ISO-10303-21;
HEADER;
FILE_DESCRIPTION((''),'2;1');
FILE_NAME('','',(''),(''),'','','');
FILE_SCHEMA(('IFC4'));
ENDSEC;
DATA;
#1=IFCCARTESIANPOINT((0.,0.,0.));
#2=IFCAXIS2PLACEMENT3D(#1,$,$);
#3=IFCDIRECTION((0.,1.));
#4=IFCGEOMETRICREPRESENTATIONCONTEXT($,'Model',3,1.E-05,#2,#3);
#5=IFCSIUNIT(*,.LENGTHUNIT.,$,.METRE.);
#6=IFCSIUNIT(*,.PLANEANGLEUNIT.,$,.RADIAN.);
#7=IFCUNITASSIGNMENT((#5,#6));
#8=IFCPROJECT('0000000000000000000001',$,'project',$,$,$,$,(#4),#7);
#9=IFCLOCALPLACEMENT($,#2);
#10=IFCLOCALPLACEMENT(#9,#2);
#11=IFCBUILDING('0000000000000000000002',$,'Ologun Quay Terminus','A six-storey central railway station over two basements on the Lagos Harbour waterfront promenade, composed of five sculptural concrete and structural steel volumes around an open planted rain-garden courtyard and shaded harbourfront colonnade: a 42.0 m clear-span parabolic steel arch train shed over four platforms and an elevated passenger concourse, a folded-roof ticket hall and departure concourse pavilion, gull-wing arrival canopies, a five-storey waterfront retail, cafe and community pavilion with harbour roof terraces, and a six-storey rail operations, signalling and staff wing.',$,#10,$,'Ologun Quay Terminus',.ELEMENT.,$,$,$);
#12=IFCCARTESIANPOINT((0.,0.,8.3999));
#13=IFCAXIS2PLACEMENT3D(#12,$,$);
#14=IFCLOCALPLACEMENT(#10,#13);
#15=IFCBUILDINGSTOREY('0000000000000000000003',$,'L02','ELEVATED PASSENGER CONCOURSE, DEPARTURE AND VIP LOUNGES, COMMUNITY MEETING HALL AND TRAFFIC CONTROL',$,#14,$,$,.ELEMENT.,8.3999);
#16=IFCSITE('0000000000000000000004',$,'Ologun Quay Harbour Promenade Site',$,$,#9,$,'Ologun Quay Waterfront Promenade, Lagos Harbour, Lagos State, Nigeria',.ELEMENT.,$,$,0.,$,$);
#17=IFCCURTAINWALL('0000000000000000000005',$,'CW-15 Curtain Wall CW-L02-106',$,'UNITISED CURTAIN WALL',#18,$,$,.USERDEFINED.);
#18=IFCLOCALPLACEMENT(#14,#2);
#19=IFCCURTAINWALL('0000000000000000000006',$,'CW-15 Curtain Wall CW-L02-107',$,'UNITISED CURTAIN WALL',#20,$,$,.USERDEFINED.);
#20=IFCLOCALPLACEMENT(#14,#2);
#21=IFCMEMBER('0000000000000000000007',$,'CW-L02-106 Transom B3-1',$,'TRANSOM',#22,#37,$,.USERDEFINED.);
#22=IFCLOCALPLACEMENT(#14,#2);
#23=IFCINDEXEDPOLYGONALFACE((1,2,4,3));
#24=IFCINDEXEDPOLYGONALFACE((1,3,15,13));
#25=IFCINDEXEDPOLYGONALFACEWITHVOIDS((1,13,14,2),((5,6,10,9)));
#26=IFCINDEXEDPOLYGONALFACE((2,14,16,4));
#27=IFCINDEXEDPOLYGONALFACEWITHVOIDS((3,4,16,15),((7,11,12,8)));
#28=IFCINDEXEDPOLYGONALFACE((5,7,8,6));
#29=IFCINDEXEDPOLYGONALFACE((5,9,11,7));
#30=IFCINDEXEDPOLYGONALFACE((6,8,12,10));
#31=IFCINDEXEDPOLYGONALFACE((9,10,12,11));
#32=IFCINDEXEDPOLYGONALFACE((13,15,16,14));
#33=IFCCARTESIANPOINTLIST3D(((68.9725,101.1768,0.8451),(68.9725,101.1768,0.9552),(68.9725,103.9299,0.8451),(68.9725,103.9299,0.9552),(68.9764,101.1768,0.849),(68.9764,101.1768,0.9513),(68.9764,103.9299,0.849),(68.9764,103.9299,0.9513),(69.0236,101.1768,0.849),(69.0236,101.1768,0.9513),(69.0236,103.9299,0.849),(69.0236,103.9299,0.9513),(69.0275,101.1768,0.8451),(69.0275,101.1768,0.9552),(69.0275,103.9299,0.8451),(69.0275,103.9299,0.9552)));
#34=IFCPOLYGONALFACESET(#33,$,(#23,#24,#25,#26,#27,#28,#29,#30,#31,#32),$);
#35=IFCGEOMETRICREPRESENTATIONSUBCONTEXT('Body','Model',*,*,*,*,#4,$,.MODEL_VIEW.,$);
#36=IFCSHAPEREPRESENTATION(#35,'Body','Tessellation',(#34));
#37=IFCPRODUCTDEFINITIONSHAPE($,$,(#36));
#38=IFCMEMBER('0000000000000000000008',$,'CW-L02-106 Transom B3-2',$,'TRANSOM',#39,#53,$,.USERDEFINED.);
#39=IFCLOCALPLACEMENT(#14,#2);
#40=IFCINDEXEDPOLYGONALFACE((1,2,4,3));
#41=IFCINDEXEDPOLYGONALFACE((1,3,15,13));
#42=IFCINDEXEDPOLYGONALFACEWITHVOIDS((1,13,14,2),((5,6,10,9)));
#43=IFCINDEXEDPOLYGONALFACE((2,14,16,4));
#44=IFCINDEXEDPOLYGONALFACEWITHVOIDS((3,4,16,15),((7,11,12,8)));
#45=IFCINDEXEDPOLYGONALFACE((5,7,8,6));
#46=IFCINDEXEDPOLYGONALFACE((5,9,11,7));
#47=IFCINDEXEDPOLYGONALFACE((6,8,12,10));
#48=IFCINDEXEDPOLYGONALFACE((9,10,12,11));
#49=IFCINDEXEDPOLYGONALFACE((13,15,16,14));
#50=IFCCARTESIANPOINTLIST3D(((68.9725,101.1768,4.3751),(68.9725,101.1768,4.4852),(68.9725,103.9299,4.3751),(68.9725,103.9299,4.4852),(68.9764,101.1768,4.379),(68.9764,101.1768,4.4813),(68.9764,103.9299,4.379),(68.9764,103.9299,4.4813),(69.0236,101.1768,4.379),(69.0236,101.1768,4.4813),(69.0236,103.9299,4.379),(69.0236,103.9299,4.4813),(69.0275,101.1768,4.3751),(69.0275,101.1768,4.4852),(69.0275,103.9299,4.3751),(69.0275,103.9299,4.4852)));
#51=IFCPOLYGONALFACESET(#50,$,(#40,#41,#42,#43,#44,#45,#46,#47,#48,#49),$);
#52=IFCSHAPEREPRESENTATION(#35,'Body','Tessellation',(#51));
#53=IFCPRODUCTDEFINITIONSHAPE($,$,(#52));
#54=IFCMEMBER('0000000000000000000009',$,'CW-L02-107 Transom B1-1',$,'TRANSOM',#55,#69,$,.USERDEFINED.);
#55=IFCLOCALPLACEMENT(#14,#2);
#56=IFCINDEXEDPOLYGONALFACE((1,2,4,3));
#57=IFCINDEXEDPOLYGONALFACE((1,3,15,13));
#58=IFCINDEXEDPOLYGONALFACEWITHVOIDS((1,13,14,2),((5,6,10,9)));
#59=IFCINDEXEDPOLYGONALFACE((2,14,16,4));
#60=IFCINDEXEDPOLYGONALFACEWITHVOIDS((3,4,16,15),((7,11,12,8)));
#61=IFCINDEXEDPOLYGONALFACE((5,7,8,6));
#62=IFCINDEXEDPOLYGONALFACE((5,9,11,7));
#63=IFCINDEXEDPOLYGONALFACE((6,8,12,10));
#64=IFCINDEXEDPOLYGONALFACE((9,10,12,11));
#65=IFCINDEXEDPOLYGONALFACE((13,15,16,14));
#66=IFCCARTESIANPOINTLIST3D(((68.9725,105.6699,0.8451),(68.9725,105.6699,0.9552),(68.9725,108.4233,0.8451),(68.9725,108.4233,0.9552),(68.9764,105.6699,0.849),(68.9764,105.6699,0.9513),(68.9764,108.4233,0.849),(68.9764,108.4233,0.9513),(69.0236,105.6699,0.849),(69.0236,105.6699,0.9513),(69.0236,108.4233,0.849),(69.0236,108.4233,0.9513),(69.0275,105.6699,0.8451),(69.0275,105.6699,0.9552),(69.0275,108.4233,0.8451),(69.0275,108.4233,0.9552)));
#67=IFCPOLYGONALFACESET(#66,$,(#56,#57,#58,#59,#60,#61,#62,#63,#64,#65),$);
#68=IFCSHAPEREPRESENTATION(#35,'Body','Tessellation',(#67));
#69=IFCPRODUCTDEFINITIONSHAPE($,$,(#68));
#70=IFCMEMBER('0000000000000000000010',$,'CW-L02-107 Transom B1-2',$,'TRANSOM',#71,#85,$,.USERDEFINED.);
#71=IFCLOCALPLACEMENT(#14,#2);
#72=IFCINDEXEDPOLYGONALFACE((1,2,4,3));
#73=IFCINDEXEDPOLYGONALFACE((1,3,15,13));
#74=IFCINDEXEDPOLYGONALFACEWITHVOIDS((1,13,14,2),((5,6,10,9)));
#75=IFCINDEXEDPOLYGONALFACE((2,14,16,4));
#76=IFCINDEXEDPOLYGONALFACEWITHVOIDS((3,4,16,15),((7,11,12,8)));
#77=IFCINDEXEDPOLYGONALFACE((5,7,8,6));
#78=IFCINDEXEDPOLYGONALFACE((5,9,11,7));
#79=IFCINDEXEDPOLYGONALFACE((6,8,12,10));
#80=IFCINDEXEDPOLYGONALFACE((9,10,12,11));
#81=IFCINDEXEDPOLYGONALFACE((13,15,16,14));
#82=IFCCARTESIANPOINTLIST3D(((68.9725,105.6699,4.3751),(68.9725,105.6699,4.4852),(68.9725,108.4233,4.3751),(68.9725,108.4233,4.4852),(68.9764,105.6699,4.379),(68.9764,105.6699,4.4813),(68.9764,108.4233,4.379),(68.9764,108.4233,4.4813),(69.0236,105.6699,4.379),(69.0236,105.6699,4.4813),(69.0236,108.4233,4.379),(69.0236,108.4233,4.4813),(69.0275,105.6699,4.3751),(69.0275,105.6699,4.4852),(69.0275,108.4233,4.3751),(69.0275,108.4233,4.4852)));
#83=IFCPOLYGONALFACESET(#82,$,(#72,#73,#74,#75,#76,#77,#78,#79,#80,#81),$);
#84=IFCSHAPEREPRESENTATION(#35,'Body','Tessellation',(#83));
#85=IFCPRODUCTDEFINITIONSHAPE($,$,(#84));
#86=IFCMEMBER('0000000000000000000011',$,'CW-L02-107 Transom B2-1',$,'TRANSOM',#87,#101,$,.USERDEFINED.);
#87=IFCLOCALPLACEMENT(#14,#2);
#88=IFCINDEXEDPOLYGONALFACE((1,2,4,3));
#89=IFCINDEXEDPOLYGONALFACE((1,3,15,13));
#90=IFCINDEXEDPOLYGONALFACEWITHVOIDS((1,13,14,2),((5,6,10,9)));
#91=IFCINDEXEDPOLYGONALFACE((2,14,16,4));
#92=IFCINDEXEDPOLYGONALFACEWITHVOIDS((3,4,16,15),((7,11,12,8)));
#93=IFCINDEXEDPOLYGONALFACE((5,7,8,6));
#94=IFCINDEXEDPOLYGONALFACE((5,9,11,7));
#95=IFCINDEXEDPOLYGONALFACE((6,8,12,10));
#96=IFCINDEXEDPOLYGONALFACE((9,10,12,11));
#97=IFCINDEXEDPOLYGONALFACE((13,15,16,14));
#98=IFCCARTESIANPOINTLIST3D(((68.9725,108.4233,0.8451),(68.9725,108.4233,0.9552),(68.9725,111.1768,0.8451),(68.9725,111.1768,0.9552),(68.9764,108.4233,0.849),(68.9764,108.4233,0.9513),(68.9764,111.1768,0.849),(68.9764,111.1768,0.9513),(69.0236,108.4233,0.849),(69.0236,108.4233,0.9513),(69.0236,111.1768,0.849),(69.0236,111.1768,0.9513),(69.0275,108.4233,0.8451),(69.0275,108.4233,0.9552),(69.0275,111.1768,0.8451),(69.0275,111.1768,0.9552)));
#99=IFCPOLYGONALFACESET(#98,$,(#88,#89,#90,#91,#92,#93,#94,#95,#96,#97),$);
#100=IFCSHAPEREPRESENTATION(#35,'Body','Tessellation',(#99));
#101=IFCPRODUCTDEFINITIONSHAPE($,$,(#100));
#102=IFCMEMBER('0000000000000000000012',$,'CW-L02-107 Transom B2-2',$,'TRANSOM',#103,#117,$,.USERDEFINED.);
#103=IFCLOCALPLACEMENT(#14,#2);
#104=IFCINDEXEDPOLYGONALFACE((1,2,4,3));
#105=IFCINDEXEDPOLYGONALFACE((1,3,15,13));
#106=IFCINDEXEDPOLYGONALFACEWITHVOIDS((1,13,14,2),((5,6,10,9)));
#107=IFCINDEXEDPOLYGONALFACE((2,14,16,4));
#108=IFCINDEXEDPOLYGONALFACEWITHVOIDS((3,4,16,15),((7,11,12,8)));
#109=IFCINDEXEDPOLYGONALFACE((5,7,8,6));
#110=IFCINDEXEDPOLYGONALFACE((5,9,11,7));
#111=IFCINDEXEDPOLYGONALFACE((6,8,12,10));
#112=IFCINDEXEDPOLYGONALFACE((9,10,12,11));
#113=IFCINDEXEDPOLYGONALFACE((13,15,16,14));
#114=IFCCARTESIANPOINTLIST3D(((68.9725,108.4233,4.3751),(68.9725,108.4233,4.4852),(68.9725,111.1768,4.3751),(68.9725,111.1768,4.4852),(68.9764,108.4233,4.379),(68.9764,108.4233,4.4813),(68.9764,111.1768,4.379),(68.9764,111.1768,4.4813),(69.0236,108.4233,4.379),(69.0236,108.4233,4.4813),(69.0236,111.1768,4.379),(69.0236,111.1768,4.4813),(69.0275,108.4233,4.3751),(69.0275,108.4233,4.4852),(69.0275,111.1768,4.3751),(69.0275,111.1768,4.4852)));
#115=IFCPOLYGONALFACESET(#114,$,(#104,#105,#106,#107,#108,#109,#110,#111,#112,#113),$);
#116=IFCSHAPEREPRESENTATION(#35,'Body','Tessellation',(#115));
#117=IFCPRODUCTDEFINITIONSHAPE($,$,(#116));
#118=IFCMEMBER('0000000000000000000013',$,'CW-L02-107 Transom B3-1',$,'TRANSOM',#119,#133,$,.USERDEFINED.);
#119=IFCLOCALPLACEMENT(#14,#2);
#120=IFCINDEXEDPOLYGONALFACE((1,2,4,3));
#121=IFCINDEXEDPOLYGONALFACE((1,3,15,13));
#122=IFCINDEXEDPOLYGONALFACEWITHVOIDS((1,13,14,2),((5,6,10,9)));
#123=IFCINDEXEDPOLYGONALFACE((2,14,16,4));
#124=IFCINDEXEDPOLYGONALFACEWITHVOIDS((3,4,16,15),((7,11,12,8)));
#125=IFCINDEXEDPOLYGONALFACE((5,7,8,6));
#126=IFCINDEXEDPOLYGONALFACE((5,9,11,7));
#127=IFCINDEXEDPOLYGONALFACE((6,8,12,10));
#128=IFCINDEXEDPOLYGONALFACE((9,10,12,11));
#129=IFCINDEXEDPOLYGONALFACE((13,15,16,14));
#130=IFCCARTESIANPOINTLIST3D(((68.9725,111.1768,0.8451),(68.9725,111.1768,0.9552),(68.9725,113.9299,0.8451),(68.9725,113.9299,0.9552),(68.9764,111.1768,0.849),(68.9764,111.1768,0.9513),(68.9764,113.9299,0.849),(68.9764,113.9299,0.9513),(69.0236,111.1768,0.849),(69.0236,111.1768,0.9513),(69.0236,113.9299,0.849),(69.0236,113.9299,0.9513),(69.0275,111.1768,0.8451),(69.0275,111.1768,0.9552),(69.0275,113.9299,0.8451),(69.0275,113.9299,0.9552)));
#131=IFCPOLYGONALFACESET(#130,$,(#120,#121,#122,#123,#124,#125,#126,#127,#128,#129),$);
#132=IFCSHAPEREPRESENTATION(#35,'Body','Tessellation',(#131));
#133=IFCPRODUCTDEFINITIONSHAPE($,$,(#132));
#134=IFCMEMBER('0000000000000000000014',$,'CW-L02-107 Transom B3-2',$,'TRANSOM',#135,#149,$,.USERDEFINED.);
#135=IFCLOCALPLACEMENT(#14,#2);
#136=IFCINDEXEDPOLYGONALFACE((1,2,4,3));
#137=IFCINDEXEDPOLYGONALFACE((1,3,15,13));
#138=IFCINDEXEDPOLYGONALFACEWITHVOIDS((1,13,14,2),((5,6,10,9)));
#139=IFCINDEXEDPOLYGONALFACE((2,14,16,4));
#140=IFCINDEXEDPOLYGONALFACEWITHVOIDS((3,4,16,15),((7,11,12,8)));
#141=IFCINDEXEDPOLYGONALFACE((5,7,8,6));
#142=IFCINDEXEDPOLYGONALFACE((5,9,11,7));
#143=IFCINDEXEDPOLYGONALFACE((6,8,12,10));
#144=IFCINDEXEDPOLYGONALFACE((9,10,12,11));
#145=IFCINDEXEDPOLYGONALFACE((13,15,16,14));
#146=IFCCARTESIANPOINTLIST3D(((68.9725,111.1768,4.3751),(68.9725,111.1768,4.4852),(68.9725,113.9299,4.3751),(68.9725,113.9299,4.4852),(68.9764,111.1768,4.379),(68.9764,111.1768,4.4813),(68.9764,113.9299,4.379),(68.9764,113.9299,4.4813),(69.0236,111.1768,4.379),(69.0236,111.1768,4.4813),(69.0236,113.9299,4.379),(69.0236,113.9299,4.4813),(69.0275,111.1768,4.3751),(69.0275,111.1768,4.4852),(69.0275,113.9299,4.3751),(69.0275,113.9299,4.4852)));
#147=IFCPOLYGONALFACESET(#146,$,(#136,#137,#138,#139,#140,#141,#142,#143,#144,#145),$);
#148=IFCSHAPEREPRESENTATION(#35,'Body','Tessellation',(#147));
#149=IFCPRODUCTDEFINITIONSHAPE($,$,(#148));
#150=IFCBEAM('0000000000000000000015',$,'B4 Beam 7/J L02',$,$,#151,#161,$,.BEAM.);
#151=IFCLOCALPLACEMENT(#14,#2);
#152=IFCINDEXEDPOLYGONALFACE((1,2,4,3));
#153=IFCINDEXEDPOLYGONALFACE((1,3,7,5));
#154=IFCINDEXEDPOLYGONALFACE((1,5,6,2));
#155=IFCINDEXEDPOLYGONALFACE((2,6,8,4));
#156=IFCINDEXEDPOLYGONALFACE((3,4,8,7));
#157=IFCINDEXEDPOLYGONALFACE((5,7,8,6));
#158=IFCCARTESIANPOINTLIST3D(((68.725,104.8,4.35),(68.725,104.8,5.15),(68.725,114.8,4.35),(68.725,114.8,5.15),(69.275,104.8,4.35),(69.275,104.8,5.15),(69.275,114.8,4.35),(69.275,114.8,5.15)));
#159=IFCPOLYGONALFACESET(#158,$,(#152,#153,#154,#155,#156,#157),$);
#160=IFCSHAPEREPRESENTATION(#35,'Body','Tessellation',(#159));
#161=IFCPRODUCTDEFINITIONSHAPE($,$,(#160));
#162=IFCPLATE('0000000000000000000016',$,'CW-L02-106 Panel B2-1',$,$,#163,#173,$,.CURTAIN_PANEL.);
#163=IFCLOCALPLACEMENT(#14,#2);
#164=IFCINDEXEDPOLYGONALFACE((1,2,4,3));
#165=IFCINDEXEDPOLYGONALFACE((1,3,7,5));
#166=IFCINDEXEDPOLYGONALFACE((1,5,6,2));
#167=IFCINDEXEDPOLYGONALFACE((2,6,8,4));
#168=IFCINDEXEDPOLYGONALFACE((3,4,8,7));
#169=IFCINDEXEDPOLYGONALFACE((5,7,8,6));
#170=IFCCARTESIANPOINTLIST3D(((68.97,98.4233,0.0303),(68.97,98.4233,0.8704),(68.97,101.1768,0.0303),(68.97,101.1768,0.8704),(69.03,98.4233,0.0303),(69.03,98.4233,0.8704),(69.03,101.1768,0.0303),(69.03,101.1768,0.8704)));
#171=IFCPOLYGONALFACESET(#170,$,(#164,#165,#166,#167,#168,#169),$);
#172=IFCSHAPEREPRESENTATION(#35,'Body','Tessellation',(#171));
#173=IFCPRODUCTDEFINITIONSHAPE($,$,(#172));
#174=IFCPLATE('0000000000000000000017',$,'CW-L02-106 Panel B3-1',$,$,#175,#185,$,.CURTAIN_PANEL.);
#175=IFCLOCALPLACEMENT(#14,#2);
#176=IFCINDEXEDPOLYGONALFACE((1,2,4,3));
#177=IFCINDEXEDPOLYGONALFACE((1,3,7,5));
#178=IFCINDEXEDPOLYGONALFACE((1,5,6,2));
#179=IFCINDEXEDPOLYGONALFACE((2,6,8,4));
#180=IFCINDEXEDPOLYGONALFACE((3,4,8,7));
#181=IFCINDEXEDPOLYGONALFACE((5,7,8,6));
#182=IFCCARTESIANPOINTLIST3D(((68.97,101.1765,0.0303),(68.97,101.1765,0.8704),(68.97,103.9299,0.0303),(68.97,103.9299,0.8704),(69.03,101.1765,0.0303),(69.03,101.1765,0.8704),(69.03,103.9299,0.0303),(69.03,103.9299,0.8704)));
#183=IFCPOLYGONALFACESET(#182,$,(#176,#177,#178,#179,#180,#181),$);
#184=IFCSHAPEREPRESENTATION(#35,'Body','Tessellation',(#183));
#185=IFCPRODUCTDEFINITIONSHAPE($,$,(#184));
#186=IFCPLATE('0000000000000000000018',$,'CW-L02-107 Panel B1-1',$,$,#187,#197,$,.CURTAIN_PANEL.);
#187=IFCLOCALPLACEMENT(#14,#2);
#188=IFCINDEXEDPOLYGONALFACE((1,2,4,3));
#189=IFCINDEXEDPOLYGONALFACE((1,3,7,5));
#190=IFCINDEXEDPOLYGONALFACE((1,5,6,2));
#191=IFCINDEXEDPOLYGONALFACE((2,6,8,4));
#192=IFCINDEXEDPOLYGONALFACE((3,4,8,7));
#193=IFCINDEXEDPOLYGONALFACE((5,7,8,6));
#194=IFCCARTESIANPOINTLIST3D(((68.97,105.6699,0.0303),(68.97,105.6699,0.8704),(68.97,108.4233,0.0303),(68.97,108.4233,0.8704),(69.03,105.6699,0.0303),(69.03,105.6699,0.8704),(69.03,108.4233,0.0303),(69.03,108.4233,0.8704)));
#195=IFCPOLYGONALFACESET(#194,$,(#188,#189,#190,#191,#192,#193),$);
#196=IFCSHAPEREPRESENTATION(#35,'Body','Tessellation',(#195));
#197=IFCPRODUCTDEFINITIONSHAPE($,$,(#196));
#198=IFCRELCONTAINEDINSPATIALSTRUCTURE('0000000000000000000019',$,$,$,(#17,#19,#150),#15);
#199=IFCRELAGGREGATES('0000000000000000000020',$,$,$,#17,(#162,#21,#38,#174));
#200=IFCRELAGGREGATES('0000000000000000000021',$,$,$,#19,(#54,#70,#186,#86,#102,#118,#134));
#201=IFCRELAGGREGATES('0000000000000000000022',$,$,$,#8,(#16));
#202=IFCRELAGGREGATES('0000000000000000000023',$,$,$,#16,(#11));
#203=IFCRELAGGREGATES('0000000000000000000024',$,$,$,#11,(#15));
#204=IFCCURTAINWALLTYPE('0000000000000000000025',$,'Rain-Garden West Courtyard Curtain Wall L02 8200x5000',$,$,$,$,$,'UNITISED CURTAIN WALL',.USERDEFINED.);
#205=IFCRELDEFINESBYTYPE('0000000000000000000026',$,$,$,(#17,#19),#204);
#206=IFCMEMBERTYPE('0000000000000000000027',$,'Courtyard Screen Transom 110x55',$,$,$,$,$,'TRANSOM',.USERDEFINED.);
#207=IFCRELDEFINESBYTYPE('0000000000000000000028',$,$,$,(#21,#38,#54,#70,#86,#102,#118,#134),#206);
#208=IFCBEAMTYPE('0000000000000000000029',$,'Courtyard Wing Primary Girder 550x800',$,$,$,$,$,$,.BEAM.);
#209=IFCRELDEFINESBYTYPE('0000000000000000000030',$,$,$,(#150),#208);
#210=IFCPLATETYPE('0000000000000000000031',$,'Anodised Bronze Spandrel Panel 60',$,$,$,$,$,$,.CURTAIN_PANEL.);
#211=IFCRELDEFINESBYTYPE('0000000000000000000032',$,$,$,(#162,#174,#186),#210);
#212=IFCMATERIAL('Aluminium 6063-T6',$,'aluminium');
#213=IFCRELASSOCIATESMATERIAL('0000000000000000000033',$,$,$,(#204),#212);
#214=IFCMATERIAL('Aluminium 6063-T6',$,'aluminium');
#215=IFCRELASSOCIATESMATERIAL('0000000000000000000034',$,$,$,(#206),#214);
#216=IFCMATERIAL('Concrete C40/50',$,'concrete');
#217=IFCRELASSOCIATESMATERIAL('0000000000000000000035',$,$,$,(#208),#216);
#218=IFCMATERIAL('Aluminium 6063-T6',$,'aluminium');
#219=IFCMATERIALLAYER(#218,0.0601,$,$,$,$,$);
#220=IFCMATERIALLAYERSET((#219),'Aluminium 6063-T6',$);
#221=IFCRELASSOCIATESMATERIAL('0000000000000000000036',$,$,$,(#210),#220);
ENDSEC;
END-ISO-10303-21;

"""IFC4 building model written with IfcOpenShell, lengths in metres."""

from ifc_helpers import new_model, si_unit, direction, frame, origin, origin_2d, place, context, subcontext, project, spatial, rectangle, hollow_rectangle, extrude, material, layer, layer_set, material_profile, profile_set, type_object, element, aggregate, save


model = new_model("IFC4")

# Units and contexts
model_context = context("Model", 3, precision=1e-05, world=origin(), true_north=direction((0.0, 1.0)))
body_context = subcontext(model_context, "Body", "Model", "MODEL_VIEW")
ifc_project = project(units=[si_unit("LENGTHUNIT", "METRE"), si_unit("PLANEANGLEUNIT", "RADIAN")], contexts=[model_context])

# Site, building, storey
site_placement = place(None, origin())
site = spatial("IfcSite", under=ifc_project, at=site_placement, Name="Ologun Quay Harbour Promenade Site", LongName="Ologun Quay Waterfront Promenade, Lagos Harbour, Lagos State, Nigeria", CompositionType="ELEMENT", RefElevation=0.0)
building_placement = place(site_placement, origin())
building = spatial("IfcBuilding", under=site, at=building_placement, Name="Ologun Quay Terminus", Description="A six-storey central railway station over two basements on the Lagos Harbour waterfront promenade, composed of five sculptural concrete and structural steel volumes around an open planted rain-garden courtyard and shaded harbourfront colonnade: a 42.0 m clear-span parabolic steel arch train shed over four platforms and an elevated passenger concourse, a folded-roof ticket hall and departure concourse pavilion, gull-wing arrival canopies, a five-storey waterfront retail, cafe and community pavilion with harbour roof terraces, and a six-storey rail operations, signalling and staff wing.", LongName="Ologun Quay Terminus", CompositionType="ELEMENT")
storey_placement = place(building_placement, frame((0.0, 0.0, 8.3999)))
storey = spatial("IfcBuildingStorey", under=building, at=storey_placement, Name="L02", Description="ELEVATED PASSENGER CONCOURSE, DEPARTURE AND VIP LOUNGES, COMMUNITY MEETING HALL AND TRAFFIC CONTROL", CompositionType="ELEMENT", Elevation=8.3999)

# Curtain walls
ifc_material_1 = material(Name="Aluminium 6063-T6", Category="aluminium")
curtain_wall_type = type_object("IfcCurtainWallType", Name="Rain-Garden West Courtyard Curtain Wall L02 8200x5000", ElementType="UNITISED CURTAIN WALL", PredefinedType="USERDEFINED", material=ifc_material_1)
curtain_wall_1_placement = place(storey_placement, origin())
curtain_wall_1 = element("IfcCurtainWall", 1, at=curtain_wall_1_placement, inside=storey, type_object=curtain_wall_type, Name="CW-15 Curtain Wall CW-L02-106", ObjectType="UNITISED CURTAIN WALL", PredefinedType="USERDEFINED")
curtain_wall_2_placement = place(storey_placement, origin())
curtain_wall_2 = element("IfcCurtainWall", 2, at=curtain_wall_2_placement, inside=storey, type_object=curtain_wall_type, Name="CW-15 Curtain Wall CW-L02-107", ObjectType="UNITISED CURTAIN WALL", PredefinedType="USERDEFINED")

# Members
ifc_material_2 = material(Name="Aluminium 6063-T6", Category="aluminium")
ifc_material_profile_1 = material_profile(ifc_material_2, hollow_rectangle(XDim=0.0549, YDim=0.1101, WallThickness=0.0039, at=origin_2d()), Name="ALU 110x55x4")
ifc_profile_set_1 = profile_set([ifc_material_profile_1], Name="Aluminium 6063-T6")
member_type_1 = type_object("IfcMemberType", Name="Courtyard Screen Transom 110x55", ElementType="TRANSOM", PredefinedType="USERDEFINED", material=ifc_profile_set_1)
member_1_placement = place(storey_placement, frame((69.0, 101.1768, 0.9001), z_axis=(0.0, 1.0, 0.0), x_axis=(-1.0, 0.0, 0.0)))
member_1 = element("IfcMember", 3, at=member_1_placement, type_object=member_type_1, Name="CW-L02-106 Transom B3-1", ObjectType="TRANSOM", PredefinedType="USERDEFINED", context=body_context, shape_type="SweptSolid", body=[
    extrude(hollow_rectangle(XDim=0.0549, YDim=0.1101, WallThickness=0.0039, at=origin_2d()), origin(), (0.0, 0.0, 1.0), 2.7532),
])
member_2_placement = place(storey_placement, frame((69.0, 101.1768, 4.4302), z_axis=(0.0, 1.0, 0.0), x_axis=(-1.0, 0.0, 0.0)))
member_2 = element("IfcMember", 4, at=member_2_placement, type_object=member_type_1, Name="CW-L02-106 Transom B3-2", ObjectType="TRANSOM", PredefinedType="USERDEFINED", context=body_context, shape_type="SweptSolid", body=[
    extrude(hollow_rectangle(XDim=0.0549, YDim=0.1101, WallThickness=0.0039, at=origin_2d()), origin(), (0.0, 0.0, 1.0), 2.7532),
])
member_3_placement = place(storey_placement, frame((69.0, 105.6699, 0.9001), z_axis=(0.0, 1.0, 0.0), x_axis=(-1.0, 0.0, 0.0)))
member_3 = element("IfcMember", 5, at=member_3_placement, type_object=member_type_1, Name="CW-L02-107 Transom B1-1", ObjectType="TRANSOM", PredefinedType="USERDEFINED", context=body_context, shape_type="SweptSolid", body=[
    extrude(hollow_rectangle(XDim=0.0549, YDim=0.1101, WallThickness=0.0039, at=origin_2d()), origin(), (0.0, 0.0, 1.0), 2.7534),
])
member_4_placement = place(storey_placement, frame((69.0, 105.6699, 4.4302), z_axis=(0.0, 1.0, 0.0), x_axis=(-1.0, 0.0, 0.0)))
member_4 = element("IfcMember", 6, at=member_4_placement, type_object=member_type_1, Name="CW-L02-107 Transom B1-2", ObjectType="TRANSOM", PredefinedType="USERDEFINED", context=body_context, shape_type="SweptSolid", body=[
    extrude(hollow_rectangle(XDim=0.0549, YDim=0.1101, WallThickness=0.0039, at=origin_2d()), origin(), (0.0, 0.0, 1.0), 2.7534),
])
member_5_placement = place(storey_placement, frame((69.0, 108.4233, 0.9001), z_axis=(0.0, 1.0, 0.0), x_axis=(-1.0, 0.0, 0.0)))
member_5 = element("IfcMember", 7, at=member_5_placement, type_object=member_type_1, Name="CW-L02-107 Transom B2-1", ObjectType="TRANSOM", PredefinedType="USERDEFINED", context=body_context, shape_type="SweptSolid", body=[
    extrude(hollow_rectangle(XDim=0.0549, YDim=0.1101, WallThickness=0.0039, at=origin_2d()), origin(), (0.0, 0.0, 1.0), 2.7534),
])
member_6_placement = place(storey_placement, frame((69.0, 108.4233, 4.4302), z_axis=(0.0, 1.0, 0.0), x_axis=(-1.0, 0.0, 0.0)))
member_6 = element("IfcMember", 8, at=member_6_placement, type_object=member_type_1, Name="CW-L02-107 Transom B2-2", ObjectType="TRANSOM", PredefinedType="USERDEFINED", context=body_context, shape_type="SweptSolid", body=[
    extrude(hollow_rectangle(XDim=0.0549, YDim=0.1101, WallThickness=0.0039, at=origin_2d()), origin(), (0.0, 0.0, 1.0), 2.7534),
])
member_7_placement = place(storey_placement, frame((69.0, 111.1768, 0.9001), z_axis=(0.0, 1.0, 0.0), x_axis=(-1.0, 0.0, 0.0)))
member_7 = element("IfcMember", 9, at=member_7_placement, type_object=member_type_1, Name="CW-L02-107 Transom B3-1", ObjectType="TRANSOM", PredefinedType="USERDEFINED", context=body_context, shape_type="SweptSolid", body=[
    extrude(hollow_rectangle(XDim=0.0549, YDim=0.1101, WallThickness=0.0039, at=origin_2d()), origin(), (0.0, 0.0, 1.0), 2.7532),
])
member_8_placement = place(storey_placement, frame((69.0, 111.1768, 4.4302), z_axis=(0.0, 1.0, 0.0), x_axis=(-1.0, 0.0, 0.0)))
member_8 = element("IfcMember", 10, at=member_8_placement, type_object=member_type_1, Name="CW-L02-107 Transom B3-2", ObjectType="TRANSOM", PredefinedType="USERDEFINED", context=body_context, shape_type="SweptSolid", body=[
    extrude(hollow_rectangle(XDim=0.0549, YDim=0.1101, WallThickness=0.0039, at=origin_2d()), origin(), (0.0, 0.0, 1.0), 2.7532),
])

# Beam
ifc_material_3 = material(Name="Concrete C40/50", Category="concrete")
ifc_material_profile_2 = material_profile(ifc_material_3, rectangle(XDim=0.55, YDim=0.8, at=origin_2d()), Name="RC 550x800")
ifc_profile_set_2 = profile_set([ifc_material_profile_2], Name="Concrete C40/50")
beam_type = type_object("IfcBeamType", Name="Courtyard Wing Primary Girder 550x800", PredefinedType="BEAM", material=ifc_profile_set_2)
beam_placement = place(storey_placement, frame((69.0, 104.8, 4.75), z_axis=(0.0, 1.0, 0.0), x_axis=(-1.0, 0.0, 0.0)))
element("IfcBeam", 11, at=beam_placement, inside=storey, type_object=beam_type, Name="B4 Beam 7/J L02", PredefinedType="BEAM", context=body_context, shape_type="SweptSolid", body=[
    extrude(rectangle(XDim=0.55, YDim=0.8, at=origin_2d()), origin(), (0.0, 0.0, 1.0), 10.0),
])

# Plates
ifc_material_4 = material(Name="Aluminium 6063-T6", Category="aluminium")
ifc_layer_1 = layer(ifc_material_4, 0.0601)
ifc_layer_set_1 = layer_set([ifc_layer_1], Name="Aluminium 6063-T6")
plate_type_1 = type_object("IfcPlateType", Name="Anodised Bronze Spandrel Panel 60", PredefinedType="CURTAIN_PANEL", material=ifc_layer_set_1)
plate_1_placement = place(storey_placement, frame((69.0, 99.8, 0.0303), z_axis=(0.0, 0.0, 1.0), x_axis=(0.0, 1.0, 0.0)))
plate_1 = element("IfcPlate", 12, at=plate_1_placement, type_object=plate_type_1, Name="CW-L02-106 Panel B2-1", PredefinedType="CURTAIN_PANEL", context=body_context, shape_type="SweptSolid", body=[
    extrude(rectangle(XDim=2.7534, YDim=0.0601, at=origin_2d()), origin(), (0.0, 0.0, 1.0), 0.8401),
])
plate_2_placement = place(storey_placement, frame((69.0, 102.5532, 0.0303), z_axis=(0.0, 0.0, 1.0), x_axis=(0.0, 1.0, 0.0)))
plate_2 = element("IfcPlate", 13, at=plate_2_placement, type_object=plate_type_1, Name="CW-L02-106 Panel B3-1", PredefinedType="CURTAIN_PANEL", context=body_context, shape_type="SweptSolid", body=[
    extrude(rectangle(XDim=2.7534, YDim=0.0601, at=origin_2d()), origin(), (0.0, 0.0, 1.0), 0.8401),
])
plate_3_placement = place(storey_placement, frame((69.0, 107.0466, 0.0303), z_axis=(0.0, 0.0, 1.0), x_axis=(0.0, 1.0, 0.0)))
plate_3 = element("IfcPlate", 14, at=plate_3_placement, type_object=plate_type_1, Name="CW-L02-107 Panel B1-1", PredefinedType="CURTAIN_PANEL", context=body_context, shape_type="SweptSolid", body=[
    extrude(rectangle(XDim=2.7534, YDim=0.0601, at=origin_2d()), origin(), (0.0, 0.0, 1.0), 0.8401),
])
aggregate(curtain_wall_1, [plate_1, member_1, member_2, plate_2])
aggregate(curtain_wall_2, [member_3, member_4, plate_3, member_5, member_6, member_7, member_8])

save(model, "model.ifc")
